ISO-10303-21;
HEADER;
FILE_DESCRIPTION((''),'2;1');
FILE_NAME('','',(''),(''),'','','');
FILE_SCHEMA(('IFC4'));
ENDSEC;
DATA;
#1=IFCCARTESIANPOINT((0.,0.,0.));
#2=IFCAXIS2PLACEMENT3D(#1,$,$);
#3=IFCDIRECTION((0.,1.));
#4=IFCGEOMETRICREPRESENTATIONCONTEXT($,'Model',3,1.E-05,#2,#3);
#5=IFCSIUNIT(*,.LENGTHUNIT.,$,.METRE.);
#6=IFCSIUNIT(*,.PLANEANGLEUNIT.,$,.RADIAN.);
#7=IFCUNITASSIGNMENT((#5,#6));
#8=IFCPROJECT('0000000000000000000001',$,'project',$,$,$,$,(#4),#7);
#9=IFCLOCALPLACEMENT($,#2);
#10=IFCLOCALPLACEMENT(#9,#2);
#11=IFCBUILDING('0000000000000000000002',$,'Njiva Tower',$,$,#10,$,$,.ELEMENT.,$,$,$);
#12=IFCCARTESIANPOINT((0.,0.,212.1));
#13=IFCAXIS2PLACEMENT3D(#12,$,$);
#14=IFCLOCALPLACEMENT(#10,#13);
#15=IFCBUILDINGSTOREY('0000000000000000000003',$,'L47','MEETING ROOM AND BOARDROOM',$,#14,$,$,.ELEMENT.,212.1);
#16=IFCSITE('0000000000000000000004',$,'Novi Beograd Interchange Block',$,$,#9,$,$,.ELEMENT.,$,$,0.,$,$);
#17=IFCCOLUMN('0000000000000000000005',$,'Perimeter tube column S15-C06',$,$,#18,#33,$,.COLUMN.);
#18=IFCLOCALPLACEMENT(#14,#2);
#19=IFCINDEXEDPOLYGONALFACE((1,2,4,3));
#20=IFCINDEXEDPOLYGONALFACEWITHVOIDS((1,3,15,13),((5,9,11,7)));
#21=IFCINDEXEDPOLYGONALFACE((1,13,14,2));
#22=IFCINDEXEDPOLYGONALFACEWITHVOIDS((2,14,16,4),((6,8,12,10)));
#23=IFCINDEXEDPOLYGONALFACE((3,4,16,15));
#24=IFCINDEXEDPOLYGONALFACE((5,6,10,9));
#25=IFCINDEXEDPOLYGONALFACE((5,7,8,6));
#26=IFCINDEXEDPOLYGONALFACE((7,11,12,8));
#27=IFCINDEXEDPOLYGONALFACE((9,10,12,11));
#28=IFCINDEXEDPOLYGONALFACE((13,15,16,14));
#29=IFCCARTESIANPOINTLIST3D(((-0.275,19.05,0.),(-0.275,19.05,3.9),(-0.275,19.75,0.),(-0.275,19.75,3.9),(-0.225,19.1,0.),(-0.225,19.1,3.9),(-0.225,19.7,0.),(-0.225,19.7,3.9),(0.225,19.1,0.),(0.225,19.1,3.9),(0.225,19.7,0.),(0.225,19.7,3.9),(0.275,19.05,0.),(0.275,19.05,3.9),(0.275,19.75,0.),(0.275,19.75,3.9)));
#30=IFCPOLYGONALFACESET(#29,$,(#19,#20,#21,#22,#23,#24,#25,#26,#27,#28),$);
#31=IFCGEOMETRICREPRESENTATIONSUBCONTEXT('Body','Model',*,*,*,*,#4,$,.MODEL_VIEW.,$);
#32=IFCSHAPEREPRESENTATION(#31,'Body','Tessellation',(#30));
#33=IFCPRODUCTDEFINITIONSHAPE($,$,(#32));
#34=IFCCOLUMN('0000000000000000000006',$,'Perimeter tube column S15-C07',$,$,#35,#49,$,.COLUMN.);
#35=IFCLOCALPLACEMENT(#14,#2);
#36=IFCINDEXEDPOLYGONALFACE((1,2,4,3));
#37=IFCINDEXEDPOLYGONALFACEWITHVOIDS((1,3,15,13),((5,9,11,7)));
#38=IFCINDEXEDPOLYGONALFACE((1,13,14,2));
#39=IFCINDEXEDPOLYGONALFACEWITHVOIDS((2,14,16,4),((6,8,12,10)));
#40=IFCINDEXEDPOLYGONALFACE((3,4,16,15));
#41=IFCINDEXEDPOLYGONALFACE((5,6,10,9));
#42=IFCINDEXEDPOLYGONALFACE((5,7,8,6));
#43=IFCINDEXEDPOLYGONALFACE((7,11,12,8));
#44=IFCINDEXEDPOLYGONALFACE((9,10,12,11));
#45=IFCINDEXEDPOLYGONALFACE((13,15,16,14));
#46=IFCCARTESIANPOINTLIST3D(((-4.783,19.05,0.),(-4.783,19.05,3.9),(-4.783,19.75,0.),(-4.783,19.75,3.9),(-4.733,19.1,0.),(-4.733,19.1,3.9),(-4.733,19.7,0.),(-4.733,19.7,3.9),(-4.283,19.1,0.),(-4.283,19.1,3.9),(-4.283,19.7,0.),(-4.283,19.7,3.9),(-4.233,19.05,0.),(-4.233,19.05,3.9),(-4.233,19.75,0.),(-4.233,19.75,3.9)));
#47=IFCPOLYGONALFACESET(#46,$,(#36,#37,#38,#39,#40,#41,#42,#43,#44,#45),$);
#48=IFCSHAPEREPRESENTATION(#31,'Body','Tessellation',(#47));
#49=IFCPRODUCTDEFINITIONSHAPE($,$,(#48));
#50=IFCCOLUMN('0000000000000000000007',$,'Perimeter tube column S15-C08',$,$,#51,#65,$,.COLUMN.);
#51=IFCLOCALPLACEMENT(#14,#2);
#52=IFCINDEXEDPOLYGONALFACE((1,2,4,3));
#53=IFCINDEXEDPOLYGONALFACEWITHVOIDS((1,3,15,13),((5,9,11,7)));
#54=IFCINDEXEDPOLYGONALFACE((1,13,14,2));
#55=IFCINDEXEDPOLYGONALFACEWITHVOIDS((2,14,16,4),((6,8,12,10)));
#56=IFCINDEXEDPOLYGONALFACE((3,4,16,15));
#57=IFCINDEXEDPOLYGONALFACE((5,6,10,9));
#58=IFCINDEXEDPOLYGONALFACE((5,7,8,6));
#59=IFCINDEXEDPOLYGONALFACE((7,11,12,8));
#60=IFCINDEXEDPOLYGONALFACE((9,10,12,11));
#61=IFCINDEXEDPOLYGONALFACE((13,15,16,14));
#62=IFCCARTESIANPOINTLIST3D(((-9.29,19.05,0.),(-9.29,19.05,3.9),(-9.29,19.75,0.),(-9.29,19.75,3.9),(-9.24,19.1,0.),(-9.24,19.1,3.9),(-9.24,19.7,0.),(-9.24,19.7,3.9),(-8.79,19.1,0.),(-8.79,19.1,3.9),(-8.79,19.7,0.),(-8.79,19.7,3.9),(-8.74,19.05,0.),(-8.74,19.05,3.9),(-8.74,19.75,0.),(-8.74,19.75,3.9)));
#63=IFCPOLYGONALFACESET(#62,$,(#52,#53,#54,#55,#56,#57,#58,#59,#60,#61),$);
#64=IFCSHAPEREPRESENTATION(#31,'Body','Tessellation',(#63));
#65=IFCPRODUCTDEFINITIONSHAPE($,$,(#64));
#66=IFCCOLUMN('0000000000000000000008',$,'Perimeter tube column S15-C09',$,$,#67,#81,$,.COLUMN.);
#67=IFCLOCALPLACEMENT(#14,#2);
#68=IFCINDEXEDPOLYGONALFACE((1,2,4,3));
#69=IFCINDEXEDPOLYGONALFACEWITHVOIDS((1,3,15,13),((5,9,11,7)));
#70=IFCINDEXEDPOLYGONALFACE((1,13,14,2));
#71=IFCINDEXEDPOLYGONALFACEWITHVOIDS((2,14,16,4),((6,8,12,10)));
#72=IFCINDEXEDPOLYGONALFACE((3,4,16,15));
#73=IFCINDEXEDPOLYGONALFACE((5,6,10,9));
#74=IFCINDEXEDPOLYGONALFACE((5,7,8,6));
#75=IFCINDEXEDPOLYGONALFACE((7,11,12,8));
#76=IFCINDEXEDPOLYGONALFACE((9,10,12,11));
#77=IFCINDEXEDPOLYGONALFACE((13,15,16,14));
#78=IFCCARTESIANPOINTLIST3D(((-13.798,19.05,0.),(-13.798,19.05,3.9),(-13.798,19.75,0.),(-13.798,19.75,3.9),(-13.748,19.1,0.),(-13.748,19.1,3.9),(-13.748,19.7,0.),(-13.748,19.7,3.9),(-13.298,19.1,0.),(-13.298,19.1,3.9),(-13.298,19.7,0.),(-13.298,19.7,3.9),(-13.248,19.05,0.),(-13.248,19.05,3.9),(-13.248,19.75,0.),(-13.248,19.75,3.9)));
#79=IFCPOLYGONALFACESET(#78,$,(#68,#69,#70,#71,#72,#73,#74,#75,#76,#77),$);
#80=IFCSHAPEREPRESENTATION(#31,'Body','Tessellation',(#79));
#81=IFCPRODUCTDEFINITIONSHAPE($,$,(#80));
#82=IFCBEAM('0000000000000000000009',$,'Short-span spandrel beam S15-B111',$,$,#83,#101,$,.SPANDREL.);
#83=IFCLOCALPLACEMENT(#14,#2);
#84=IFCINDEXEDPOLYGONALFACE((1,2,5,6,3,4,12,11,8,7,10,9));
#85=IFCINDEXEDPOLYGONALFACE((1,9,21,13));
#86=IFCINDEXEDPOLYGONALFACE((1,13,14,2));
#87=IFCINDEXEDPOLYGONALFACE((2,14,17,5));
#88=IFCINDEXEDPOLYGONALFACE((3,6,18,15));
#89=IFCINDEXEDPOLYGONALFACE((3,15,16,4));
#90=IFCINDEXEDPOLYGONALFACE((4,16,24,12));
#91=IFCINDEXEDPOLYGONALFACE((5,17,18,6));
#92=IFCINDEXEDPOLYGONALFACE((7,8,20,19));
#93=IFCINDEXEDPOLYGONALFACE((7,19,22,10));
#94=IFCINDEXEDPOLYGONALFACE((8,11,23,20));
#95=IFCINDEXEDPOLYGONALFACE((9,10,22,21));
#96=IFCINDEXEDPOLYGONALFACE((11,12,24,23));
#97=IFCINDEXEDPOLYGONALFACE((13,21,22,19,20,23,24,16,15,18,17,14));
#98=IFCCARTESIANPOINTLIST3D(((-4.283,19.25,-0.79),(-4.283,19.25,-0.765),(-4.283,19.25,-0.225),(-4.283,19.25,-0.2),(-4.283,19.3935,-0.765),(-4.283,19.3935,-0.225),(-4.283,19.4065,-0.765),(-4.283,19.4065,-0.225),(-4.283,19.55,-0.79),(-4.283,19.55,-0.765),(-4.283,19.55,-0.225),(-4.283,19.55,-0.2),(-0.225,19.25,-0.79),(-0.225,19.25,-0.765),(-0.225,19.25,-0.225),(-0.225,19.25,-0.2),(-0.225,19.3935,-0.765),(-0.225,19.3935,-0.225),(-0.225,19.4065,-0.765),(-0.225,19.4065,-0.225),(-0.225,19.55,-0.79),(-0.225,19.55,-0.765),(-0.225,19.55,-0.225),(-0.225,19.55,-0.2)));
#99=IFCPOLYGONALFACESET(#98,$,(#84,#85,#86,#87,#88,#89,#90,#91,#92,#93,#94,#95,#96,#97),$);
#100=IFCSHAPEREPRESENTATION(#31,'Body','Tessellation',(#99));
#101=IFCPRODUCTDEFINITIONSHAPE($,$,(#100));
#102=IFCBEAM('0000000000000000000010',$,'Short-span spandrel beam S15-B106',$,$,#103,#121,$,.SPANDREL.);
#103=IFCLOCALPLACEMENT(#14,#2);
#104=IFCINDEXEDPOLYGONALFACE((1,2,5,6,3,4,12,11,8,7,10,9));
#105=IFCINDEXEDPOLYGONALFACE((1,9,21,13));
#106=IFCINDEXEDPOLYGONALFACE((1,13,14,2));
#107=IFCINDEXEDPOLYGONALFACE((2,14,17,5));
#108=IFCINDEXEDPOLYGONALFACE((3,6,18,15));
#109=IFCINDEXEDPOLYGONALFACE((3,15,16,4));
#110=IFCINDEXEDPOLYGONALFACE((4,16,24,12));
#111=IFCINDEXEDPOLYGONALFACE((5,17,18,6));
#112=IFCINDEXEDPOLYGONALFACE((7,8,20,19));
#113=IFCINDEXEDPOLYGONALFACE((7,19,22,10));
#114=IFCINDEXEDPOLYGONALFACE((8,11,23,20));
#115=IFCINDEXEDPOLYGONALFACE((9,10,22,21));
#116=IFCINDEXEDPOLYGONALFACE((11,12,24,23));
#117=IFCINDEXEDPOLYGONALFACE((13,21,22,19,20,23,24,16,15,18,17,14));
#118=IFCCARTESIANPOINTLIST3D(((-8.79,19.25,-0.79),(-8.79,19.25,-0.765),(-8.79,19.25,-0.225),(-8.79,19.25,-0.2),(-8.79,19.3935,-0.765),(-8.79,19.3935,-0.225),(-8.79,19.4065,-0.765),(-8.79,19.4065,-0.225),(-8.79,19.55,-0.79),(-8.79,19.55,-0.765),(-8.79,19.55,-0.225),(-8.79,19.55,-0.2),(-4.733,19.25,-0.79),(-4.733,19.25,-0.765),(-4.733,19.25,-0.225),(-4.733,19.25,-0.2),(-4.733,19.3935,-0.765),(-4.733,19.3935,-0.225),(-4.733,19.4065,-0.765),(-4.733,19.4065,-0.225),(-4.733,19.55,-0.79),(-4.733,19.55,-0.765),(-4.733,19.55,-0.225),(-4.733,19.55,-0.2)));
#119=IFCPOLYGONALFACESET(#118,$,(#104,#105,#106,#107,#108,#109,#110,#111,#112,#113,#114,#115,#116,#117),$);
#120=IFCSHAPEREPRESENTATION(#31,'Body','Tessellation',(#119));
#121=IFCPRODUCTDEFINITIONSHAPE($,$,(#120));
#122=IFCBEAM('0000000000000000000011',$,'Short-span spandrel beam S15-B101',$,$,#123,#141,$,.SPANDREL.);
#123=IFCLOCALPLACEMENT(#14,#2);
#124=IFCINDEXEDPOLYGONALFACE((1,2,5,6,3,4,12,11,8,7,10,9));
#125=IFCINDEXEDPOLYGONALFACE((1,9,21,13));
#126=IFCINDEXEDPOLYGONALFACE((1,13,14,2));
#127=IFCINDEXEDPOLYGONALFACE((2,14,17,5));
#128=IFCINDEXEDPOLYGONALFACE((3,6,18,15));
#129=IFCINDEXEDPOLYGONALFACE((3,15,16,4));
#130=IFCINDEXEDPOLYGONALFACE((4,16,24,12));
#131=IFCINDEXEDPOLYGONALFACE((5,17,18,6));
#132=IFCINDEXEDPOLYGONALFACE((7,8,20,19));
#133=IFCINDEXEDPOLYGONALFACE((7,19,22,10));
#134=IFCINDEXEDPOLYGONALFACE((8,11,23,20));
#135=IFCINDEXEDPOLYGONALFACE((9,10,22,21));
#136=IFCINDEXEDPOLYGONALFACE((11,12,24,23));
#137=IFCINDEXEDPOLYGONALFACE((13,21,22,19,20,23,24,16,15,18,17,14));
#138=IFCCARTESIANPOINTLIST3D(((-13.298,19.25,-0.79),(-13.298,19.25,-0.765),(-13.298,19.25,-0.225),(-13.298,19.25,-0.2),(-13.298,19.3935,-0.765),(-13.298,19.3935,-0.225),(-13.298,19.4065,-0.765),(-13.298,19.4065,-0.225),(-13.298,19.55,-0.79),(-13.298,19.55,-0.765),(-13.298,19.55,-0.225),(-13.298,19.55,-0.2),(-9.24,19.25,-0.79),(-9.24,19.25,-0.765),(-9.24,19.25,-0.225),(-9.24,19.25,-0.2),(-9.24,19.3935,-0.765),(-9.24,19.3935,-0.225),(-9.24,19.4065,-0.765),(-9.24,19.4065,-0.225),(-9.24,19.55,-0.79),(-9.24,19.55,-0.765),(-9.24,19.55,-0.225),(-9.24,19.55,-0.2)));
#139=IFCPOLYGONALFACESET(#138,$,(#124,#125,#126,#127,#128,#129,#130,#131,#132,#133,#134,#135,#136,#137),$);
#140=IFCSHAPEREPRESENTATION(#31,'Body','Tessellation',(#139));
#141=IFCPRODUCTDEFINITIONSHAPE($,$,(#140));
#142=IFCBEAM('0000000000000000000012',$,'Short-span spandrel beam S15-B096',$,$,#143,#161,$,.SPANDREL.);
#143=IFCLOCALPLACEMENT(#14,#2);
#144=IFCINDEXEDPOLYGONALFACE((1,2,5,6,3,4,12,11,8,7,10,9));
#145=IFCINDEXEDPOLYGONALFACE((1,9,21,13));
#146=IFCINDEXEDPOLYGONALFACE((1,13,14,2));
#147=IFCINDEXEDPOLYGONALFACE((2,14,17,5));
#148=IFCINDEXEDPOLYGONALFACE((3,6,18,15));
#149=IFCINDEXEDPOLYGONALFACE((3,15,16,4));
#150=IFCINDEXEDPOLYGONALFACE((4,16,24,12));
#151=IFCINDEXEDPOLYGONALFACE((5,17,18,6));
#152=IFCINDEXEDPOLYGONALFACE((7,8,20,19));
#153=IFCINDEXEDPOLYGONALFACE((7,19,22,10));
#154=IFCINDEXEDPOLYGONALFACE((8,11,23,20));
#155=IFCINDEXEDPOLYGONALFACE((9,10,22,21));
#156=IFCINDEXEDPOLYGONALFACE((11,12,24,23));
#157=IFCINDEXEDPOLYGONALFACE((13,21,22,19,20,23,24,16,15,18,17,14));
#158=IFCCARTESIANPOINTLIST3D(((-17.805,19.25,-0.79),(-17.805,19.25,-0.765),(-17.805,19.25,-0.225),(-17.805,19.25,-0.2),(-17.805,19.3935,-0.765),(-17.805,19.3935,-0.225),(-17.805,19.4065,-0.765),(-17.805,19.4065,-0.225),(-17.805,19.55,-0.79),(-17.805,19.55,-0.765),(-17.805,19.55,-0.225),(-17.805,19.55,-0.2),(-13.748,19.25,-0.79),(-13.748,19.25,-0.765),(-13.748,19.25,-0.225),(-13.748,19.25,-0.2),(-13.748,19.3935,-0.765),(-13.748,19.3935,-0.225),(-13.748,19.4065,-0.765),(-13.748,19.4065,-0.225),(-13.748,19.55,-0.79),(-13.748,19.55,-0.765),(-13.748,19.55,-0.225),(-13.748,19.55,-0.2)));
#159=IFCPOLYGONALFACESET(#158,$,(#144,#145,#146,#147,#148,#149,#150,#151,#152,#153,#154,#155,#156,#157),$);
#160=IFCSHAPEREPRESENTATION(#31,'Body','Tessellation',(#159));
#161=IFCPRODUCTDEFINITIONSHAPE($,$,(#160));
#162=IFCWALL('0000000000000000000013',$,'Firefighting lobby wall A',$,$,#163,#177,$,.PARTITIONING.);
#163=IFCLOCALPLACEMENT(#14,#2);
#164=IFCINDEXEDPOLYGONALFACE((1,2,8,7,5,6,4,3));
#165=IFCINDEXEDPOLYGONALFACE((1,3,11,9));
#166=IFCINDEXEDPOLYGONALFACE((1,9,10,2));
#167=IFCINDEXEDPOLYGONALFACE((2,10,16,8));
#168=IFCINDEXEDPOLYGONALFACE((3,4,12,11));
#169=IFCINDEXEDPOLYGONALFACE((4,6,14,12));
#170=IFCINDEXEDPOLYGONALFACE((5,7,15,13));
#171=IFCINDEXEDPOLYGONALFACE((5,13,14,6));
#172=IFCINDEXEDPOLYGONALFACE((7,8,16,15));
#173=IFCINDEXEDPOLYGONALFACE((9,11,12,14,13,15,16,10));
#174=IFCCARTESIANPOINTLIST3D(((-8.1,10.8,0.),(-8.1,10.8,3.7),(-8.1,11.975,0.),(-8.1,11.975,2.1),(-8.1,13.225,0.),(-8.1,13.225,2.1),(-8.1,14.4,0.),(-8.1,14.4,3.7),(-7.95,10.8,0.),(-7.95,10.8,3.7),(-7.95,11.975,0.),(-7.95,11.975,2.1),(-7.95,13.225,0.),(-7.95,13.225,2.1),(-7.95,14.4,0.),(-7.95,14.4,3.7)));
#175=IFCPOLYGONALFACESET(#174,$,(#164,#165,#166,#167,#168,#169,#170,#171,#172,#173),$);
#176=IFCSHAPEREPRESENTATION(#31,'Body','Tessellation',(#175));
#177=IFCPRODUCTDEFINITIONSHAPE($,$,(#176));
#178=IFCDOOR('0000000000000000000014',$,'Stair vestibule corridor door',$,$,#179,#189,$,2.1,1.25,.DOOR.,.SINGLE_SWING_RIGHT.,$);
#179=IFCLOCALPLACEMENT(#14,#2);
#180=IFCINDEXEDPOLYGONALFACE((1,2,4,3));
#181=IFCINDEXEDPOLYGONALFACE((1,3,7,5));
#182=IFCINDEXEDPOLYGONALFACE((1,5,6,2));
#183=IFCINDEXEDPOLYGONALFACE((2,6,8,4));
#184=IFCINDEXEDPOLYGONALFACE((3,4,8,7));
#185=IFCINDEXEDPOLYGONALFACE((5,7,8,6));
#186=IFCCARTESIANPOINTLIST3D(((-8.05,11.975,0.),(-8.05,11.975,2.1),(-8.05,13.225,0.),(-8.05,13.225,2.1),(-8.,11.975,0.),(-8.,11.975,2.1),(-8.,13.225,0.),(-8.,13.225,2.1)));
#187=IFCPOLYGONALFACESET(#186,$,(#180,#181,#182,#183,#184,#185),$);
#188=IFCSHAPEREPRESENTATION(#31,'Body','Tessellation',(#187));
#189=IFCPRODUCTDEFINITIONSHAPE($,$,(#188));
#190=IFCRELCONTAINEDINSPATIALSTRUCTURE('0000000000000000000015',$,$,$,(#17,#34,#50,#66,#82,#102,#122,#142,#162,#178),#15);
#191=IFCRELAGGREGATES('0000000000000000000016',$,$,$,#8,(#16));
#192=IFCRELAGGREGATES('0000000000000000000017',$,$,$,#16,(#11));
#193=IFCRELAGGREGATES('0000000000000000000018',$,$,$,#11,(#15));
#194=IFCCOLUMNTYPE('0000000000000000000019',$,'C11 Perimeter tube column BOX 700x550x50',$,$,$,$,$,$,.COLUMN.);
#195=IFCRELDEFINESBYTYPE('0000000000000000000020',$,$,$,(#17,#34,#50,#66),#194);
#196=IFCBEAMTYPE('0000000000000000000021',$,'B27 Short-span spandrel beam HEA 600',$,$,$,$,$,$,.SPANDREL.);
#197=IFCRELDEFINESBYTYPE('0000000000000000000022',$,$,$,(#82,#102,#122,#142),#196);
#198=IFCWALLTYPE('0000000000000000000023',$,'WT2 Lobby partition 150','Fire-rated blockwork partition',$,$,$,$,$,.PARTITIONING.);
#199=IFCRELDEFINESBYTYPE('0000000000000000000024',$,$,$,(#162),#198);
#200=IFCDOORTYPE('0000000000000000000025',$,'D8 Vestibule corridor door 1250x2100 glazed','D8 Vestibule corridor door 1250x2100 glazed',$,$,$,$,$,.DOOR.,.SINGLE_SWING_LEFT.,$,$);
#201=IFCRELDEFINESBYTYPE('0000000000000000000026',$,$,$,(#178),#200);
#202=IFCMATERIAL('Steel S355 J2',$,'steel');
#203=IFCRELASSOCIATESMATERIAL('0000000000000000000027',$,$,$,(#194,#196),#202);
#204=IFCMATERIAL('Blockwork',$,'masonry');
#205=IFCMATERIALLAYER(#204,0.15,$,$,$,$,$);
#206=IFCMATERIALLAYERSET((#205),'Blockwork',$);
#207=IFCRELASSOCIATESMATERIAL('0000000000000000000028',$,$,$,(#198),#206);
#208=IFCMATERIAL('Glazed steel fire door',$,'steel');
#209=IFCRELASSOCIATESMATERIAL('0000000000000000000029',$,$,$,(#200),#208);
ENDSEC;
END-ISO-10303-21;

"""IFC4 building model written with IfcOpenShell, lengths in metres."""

from ifc_helpers import new_model, si_unit, direction, frame, frame_2d, origin, origin_2d, place, context, subcontext, project, spatial, rectangle, hollow_rectangle, i_section, extrude, material, layer, layer_set, material_profile, profile_set, type_object, element, fill, save


model = new_model("IFC4")

# Units and contexts
model_context = context("Model", 3, precision=1e-05, world=origin(), true_north=direction((0.0, 1.0)))
body_context = subcontext(model_context, "Body", "Model", "MODEL_VIEW")
ifc_project = project(units=[si_unit("LENGTHUNIT", "METRE"), si_unit("PLANEANGLEUNIT", "RADIAN")], contexts=[model_context])

# Site, building, storey
site_placement = place(None, origin())
site = spatial("IfcSite", under=ifc_project, at=site_placement, Name="Novi Beograd Interchange Block", CompositionType="ELEMENT", RefElevation=0.0)
building_placement = place(site_placement, origin())
building = spatial("IfcBuilding", under=site, at=building_placement, Name="Njiva Tower", CompositionType="ELEMENT")
storey_placement = place(building_placement, frame((0.0, 0.0, 212.1)))
storey = spatial("IfcBuildingStorey", under=building, at=storey_placement, Name="L47", Description="MEETING ROOM AND BOARDROOM", CompositionType="ELEMENT", Elevation=212.1)

# Columns
ifc_material_1 = material(Name="Steel S355 J2", Category="steel")
ifc_material_profile_1 = material_profile(ifc_material_1, hollow_rectangle(XDim=0.55, YDim=0.7, WallThickness=0.05, at=origin_2d()), Name="BOX 700x550x50")
ifc_profile_set_1 = profile_set([ifc_material_profile_1], Name="Steel S355 J2")
column_type = type_object("IfcColumnType", Name="C11 Perimeter tube column BOX 700x550x50", PredefinedType="COLUMN", material=ifc_profile_set_1)
for number, where, z_axis, x_axis, name in (
    (1, (0.0, 19.4, 0.0), (0.0, 0.0, 1.0), (-1.0, 0.0, 0.0), "Perimeter tube column S15-C06"),
    (2, (-4.508, 19.4, 0.0), (0.0, 0.0, 1.0), (-1.0, 0.0, 0.0), "Perimeter tube column S15-C07"),
    (3, (-9.015, 19.4, 0.0), (0.0, 0.0, 1.0), (-1.0, 0.0, 0.0), "Perimeter tube column S15-C08"),
    (4, (-13.523, 19.4, 0.0), (0.0, 0.0, 1.0), (-1.0, 0.0, 0.0), "Perimeter tube column S15-C09"),
):
    element("IfcColumn", number, at=place(storey_placement, frame(where, z_axis=z_axis, x_axis=x_axis)), inside=storey, type_object=column_type, Name=name, PredefinedType="COLUMN", context=body_context, shape_type="SweptSolid", body=[
        extrude(hollow_rectangle(XDim=0.55, YDim=0.7, WallThickness=0.05, at=origin_2d()), origin(), (0.0, 0.0, 1.0), 3.9),
    ])

# Beams
ifc_material_profile_2 = material_profile(ifc_material_1, i_section(OverallWidth=0.3, OverallDepth=0.59, WebThickness=0.013, FlangeThickness=0.025, at=origin_2d()), Name="HEA 600")
ifc_profile_set_2 = profile_set([ifc_material_profile_2], Name="Steel S355 J2")
beam_type = type_object("IfcBeamType", Name="B27 Short-span spandrel beam HEA 600", PredefinedType="SPANDREL", material=ifc_profile_set_2)
beam_1_placement = place(storey_placement, frame((-0.225, 19.4, -0.495), z_axis=(-1.0, 0.0, 0.0), x_axis=(0.0, -1.0, 0.0)))
element("IfcBeam", 5, at=beam_1_placement, inside=storey, type_object=beam_type, Name="Short-span spandrel beam S15-B111", PredefinedType="SPANDREL", context=body_context, shape_type="SweptSolid", body=[
    extrude(i_section(OverallWidth=0.3, OverallDepth=0.59, WebThickness=0.013, FlangeThickness=0.025, at=origin_2d()), origin(), (0.0, 0.0, 1.0), 4.058),
])
beam_2_placement = place(storey_placement, frame((-4.733, 19.4, -0.495), z_axis=(-1.0, 0.0, 0.0), x_axis=(0.0, -1.0, 0.0)))
element("IfcBeam", 6, at=beam_2_placement, inside=storey, type_object=beam_type, Name="Short-span spandrel beam S15-B106", PredefinedType="SPANDREL", context=body_context, shape_type="SweptSolid", body=[
    extrude(i_section(OverallWidth=0.3, OverallDepth=0.59, WebThickness=0.013, FlangeThickness=0.025, at=origin_2d()), origin(), (0.0, 0.0, 1.0), 4.057),
])
beam_3_placement = place(storey_placement, frame((-9.24, 19.4, -0.495), z_axis=(-1.0, 0.0, 0.0), x_axis=(0.0, -1.0, 0.0)))
element("IfcBeam", 7, at=beam_3_placement, inside=storey, type_object=beam_type, Name="Short-span spandrel beam S15-B101", PredefinedType="SPANDREL", context=body_context, shape_type="SweptSolid", body=[
    extrude(i_section(OverallWidth=0.3, OverallDepth=0.59, WebThickness=0.013, FlangeThickness=0.025, at=origin_2d()), origin(), (0.0, 0.0, 1.0), 4.058),
])
beam_4_placement = place(storey_placement, frame((-13.748, 19.4, -0.495), z_axis=(-1.0, 0.0, 0.0), x_axis=(0.0, -1.0, 0.0)))
element("IfcBeam", 8, at=beam_4_placement, inside=storey, type_object=beam_type, Name="Short-span spandrel beam S15-B096", PredefinedType="SPANDREL", context=body_context, shape_type="SweptSolid", body=[
    extrude(i_section(OverallWidth=0.3, OverallDepth=0.59, WebThickness=0.013, FlangeThickness=0.025, at=origin_2d()), origin(), (0.0, 0.0, 1.0), 4.057),
])

# Wall, opening, door
ifc_material_2 = material(Name="Blockwork", Category="masonry")
ifc_layer_1 = layer(ifc_material_2, 0.15)
ifc_layer_set_1 = layer_set([ifc_layer_1], Name="Blockwork")
wall_type_1 = type_object("IfcWallType", Name="WT2 Lobby partition 150", Description="Fire-rated blockwork partition", PredefinedType="PARTITIONING", material=ifc_layer_set_1)
wall_1_placement = place(storey_placement, frame((-8.025, 10.8, 0.0), z_axis=(0.0, 0.0, 1.0), x_axis=(0.0, 1.0, 0.0)))
wall_1 = element("IfcWall", 9, at=wall_1_placement, inside=storey, type_object=wall_type_1, Name="Firefighting lobby wall A", PredefinedType="PARTITIONING", context=body_context, shape_type="SweptSolid", body=[
    extrude(rectangle(XDim=3.6, YDim=0.15, at=frame_2d((1.8, 0.0))), origin(), (0.0, 0.0, 1.0), 3.7),
])
opening_1_placement = place(wall_1_placement, frame((1.175, 0.0, 0.0)))
opening_1 = element("IfcOpeningElement", 10, at=opening_1_placement, cuts=wall_1, PredefinedType="OPENING", context=body_context, shape_type="SweptSolid", body=[
    extrude(rectangle(XDim=1.25, YDim=2.1, at=frame_2d((0.625, 1.05))), frame((0.0, 0.085, 0.0), z_axis=(0.0, -1.0, 0.0), x_axis=(1.0, 0.0, 0.0)), (0.0, 0.0, 1.0), 0.17),
])
ifc_material_3 = material(Name="Glazed steel fire door", Category="steel")
door_type_1 = type_object("IfcDoorType", Name="D8 Vestibule corridor door 1250x2100 glazed", Description="D8 Vestibule corridor door 1250x2100 glazed", OperationType="SINGLE_SWING_LEFT", PredefinedType="DOOR", material=ifc_material_3)
door_1_placement = place(opening_1_placement, origin())
door_1 = element("IfcDoor", 11, at=door_1_placement, inside=storey, type_object=door_type_1, Name="Stair vestibule corridor door", OperationType="SINGLE_SWING_RIGHT", OverallHeight=2.1, OverallWidth=1.25, PredefinedType="DOOR", context=body_context, shape_type="SweptSolid", body=[
    extrude(rectangle(XDim=1.25, YDim=2.1, at=frame_2d((0.625, 1.05))), frame((0.0, 0.025, 0.0), z_axis=(0.0, -1.0, 0.0), x_axis=(1.0, 0.0, 0.0)), (0.0, 0.0, 1.0), 0.05),
])
fill(opening_1, door_1)

save(model, "model.ifc")
